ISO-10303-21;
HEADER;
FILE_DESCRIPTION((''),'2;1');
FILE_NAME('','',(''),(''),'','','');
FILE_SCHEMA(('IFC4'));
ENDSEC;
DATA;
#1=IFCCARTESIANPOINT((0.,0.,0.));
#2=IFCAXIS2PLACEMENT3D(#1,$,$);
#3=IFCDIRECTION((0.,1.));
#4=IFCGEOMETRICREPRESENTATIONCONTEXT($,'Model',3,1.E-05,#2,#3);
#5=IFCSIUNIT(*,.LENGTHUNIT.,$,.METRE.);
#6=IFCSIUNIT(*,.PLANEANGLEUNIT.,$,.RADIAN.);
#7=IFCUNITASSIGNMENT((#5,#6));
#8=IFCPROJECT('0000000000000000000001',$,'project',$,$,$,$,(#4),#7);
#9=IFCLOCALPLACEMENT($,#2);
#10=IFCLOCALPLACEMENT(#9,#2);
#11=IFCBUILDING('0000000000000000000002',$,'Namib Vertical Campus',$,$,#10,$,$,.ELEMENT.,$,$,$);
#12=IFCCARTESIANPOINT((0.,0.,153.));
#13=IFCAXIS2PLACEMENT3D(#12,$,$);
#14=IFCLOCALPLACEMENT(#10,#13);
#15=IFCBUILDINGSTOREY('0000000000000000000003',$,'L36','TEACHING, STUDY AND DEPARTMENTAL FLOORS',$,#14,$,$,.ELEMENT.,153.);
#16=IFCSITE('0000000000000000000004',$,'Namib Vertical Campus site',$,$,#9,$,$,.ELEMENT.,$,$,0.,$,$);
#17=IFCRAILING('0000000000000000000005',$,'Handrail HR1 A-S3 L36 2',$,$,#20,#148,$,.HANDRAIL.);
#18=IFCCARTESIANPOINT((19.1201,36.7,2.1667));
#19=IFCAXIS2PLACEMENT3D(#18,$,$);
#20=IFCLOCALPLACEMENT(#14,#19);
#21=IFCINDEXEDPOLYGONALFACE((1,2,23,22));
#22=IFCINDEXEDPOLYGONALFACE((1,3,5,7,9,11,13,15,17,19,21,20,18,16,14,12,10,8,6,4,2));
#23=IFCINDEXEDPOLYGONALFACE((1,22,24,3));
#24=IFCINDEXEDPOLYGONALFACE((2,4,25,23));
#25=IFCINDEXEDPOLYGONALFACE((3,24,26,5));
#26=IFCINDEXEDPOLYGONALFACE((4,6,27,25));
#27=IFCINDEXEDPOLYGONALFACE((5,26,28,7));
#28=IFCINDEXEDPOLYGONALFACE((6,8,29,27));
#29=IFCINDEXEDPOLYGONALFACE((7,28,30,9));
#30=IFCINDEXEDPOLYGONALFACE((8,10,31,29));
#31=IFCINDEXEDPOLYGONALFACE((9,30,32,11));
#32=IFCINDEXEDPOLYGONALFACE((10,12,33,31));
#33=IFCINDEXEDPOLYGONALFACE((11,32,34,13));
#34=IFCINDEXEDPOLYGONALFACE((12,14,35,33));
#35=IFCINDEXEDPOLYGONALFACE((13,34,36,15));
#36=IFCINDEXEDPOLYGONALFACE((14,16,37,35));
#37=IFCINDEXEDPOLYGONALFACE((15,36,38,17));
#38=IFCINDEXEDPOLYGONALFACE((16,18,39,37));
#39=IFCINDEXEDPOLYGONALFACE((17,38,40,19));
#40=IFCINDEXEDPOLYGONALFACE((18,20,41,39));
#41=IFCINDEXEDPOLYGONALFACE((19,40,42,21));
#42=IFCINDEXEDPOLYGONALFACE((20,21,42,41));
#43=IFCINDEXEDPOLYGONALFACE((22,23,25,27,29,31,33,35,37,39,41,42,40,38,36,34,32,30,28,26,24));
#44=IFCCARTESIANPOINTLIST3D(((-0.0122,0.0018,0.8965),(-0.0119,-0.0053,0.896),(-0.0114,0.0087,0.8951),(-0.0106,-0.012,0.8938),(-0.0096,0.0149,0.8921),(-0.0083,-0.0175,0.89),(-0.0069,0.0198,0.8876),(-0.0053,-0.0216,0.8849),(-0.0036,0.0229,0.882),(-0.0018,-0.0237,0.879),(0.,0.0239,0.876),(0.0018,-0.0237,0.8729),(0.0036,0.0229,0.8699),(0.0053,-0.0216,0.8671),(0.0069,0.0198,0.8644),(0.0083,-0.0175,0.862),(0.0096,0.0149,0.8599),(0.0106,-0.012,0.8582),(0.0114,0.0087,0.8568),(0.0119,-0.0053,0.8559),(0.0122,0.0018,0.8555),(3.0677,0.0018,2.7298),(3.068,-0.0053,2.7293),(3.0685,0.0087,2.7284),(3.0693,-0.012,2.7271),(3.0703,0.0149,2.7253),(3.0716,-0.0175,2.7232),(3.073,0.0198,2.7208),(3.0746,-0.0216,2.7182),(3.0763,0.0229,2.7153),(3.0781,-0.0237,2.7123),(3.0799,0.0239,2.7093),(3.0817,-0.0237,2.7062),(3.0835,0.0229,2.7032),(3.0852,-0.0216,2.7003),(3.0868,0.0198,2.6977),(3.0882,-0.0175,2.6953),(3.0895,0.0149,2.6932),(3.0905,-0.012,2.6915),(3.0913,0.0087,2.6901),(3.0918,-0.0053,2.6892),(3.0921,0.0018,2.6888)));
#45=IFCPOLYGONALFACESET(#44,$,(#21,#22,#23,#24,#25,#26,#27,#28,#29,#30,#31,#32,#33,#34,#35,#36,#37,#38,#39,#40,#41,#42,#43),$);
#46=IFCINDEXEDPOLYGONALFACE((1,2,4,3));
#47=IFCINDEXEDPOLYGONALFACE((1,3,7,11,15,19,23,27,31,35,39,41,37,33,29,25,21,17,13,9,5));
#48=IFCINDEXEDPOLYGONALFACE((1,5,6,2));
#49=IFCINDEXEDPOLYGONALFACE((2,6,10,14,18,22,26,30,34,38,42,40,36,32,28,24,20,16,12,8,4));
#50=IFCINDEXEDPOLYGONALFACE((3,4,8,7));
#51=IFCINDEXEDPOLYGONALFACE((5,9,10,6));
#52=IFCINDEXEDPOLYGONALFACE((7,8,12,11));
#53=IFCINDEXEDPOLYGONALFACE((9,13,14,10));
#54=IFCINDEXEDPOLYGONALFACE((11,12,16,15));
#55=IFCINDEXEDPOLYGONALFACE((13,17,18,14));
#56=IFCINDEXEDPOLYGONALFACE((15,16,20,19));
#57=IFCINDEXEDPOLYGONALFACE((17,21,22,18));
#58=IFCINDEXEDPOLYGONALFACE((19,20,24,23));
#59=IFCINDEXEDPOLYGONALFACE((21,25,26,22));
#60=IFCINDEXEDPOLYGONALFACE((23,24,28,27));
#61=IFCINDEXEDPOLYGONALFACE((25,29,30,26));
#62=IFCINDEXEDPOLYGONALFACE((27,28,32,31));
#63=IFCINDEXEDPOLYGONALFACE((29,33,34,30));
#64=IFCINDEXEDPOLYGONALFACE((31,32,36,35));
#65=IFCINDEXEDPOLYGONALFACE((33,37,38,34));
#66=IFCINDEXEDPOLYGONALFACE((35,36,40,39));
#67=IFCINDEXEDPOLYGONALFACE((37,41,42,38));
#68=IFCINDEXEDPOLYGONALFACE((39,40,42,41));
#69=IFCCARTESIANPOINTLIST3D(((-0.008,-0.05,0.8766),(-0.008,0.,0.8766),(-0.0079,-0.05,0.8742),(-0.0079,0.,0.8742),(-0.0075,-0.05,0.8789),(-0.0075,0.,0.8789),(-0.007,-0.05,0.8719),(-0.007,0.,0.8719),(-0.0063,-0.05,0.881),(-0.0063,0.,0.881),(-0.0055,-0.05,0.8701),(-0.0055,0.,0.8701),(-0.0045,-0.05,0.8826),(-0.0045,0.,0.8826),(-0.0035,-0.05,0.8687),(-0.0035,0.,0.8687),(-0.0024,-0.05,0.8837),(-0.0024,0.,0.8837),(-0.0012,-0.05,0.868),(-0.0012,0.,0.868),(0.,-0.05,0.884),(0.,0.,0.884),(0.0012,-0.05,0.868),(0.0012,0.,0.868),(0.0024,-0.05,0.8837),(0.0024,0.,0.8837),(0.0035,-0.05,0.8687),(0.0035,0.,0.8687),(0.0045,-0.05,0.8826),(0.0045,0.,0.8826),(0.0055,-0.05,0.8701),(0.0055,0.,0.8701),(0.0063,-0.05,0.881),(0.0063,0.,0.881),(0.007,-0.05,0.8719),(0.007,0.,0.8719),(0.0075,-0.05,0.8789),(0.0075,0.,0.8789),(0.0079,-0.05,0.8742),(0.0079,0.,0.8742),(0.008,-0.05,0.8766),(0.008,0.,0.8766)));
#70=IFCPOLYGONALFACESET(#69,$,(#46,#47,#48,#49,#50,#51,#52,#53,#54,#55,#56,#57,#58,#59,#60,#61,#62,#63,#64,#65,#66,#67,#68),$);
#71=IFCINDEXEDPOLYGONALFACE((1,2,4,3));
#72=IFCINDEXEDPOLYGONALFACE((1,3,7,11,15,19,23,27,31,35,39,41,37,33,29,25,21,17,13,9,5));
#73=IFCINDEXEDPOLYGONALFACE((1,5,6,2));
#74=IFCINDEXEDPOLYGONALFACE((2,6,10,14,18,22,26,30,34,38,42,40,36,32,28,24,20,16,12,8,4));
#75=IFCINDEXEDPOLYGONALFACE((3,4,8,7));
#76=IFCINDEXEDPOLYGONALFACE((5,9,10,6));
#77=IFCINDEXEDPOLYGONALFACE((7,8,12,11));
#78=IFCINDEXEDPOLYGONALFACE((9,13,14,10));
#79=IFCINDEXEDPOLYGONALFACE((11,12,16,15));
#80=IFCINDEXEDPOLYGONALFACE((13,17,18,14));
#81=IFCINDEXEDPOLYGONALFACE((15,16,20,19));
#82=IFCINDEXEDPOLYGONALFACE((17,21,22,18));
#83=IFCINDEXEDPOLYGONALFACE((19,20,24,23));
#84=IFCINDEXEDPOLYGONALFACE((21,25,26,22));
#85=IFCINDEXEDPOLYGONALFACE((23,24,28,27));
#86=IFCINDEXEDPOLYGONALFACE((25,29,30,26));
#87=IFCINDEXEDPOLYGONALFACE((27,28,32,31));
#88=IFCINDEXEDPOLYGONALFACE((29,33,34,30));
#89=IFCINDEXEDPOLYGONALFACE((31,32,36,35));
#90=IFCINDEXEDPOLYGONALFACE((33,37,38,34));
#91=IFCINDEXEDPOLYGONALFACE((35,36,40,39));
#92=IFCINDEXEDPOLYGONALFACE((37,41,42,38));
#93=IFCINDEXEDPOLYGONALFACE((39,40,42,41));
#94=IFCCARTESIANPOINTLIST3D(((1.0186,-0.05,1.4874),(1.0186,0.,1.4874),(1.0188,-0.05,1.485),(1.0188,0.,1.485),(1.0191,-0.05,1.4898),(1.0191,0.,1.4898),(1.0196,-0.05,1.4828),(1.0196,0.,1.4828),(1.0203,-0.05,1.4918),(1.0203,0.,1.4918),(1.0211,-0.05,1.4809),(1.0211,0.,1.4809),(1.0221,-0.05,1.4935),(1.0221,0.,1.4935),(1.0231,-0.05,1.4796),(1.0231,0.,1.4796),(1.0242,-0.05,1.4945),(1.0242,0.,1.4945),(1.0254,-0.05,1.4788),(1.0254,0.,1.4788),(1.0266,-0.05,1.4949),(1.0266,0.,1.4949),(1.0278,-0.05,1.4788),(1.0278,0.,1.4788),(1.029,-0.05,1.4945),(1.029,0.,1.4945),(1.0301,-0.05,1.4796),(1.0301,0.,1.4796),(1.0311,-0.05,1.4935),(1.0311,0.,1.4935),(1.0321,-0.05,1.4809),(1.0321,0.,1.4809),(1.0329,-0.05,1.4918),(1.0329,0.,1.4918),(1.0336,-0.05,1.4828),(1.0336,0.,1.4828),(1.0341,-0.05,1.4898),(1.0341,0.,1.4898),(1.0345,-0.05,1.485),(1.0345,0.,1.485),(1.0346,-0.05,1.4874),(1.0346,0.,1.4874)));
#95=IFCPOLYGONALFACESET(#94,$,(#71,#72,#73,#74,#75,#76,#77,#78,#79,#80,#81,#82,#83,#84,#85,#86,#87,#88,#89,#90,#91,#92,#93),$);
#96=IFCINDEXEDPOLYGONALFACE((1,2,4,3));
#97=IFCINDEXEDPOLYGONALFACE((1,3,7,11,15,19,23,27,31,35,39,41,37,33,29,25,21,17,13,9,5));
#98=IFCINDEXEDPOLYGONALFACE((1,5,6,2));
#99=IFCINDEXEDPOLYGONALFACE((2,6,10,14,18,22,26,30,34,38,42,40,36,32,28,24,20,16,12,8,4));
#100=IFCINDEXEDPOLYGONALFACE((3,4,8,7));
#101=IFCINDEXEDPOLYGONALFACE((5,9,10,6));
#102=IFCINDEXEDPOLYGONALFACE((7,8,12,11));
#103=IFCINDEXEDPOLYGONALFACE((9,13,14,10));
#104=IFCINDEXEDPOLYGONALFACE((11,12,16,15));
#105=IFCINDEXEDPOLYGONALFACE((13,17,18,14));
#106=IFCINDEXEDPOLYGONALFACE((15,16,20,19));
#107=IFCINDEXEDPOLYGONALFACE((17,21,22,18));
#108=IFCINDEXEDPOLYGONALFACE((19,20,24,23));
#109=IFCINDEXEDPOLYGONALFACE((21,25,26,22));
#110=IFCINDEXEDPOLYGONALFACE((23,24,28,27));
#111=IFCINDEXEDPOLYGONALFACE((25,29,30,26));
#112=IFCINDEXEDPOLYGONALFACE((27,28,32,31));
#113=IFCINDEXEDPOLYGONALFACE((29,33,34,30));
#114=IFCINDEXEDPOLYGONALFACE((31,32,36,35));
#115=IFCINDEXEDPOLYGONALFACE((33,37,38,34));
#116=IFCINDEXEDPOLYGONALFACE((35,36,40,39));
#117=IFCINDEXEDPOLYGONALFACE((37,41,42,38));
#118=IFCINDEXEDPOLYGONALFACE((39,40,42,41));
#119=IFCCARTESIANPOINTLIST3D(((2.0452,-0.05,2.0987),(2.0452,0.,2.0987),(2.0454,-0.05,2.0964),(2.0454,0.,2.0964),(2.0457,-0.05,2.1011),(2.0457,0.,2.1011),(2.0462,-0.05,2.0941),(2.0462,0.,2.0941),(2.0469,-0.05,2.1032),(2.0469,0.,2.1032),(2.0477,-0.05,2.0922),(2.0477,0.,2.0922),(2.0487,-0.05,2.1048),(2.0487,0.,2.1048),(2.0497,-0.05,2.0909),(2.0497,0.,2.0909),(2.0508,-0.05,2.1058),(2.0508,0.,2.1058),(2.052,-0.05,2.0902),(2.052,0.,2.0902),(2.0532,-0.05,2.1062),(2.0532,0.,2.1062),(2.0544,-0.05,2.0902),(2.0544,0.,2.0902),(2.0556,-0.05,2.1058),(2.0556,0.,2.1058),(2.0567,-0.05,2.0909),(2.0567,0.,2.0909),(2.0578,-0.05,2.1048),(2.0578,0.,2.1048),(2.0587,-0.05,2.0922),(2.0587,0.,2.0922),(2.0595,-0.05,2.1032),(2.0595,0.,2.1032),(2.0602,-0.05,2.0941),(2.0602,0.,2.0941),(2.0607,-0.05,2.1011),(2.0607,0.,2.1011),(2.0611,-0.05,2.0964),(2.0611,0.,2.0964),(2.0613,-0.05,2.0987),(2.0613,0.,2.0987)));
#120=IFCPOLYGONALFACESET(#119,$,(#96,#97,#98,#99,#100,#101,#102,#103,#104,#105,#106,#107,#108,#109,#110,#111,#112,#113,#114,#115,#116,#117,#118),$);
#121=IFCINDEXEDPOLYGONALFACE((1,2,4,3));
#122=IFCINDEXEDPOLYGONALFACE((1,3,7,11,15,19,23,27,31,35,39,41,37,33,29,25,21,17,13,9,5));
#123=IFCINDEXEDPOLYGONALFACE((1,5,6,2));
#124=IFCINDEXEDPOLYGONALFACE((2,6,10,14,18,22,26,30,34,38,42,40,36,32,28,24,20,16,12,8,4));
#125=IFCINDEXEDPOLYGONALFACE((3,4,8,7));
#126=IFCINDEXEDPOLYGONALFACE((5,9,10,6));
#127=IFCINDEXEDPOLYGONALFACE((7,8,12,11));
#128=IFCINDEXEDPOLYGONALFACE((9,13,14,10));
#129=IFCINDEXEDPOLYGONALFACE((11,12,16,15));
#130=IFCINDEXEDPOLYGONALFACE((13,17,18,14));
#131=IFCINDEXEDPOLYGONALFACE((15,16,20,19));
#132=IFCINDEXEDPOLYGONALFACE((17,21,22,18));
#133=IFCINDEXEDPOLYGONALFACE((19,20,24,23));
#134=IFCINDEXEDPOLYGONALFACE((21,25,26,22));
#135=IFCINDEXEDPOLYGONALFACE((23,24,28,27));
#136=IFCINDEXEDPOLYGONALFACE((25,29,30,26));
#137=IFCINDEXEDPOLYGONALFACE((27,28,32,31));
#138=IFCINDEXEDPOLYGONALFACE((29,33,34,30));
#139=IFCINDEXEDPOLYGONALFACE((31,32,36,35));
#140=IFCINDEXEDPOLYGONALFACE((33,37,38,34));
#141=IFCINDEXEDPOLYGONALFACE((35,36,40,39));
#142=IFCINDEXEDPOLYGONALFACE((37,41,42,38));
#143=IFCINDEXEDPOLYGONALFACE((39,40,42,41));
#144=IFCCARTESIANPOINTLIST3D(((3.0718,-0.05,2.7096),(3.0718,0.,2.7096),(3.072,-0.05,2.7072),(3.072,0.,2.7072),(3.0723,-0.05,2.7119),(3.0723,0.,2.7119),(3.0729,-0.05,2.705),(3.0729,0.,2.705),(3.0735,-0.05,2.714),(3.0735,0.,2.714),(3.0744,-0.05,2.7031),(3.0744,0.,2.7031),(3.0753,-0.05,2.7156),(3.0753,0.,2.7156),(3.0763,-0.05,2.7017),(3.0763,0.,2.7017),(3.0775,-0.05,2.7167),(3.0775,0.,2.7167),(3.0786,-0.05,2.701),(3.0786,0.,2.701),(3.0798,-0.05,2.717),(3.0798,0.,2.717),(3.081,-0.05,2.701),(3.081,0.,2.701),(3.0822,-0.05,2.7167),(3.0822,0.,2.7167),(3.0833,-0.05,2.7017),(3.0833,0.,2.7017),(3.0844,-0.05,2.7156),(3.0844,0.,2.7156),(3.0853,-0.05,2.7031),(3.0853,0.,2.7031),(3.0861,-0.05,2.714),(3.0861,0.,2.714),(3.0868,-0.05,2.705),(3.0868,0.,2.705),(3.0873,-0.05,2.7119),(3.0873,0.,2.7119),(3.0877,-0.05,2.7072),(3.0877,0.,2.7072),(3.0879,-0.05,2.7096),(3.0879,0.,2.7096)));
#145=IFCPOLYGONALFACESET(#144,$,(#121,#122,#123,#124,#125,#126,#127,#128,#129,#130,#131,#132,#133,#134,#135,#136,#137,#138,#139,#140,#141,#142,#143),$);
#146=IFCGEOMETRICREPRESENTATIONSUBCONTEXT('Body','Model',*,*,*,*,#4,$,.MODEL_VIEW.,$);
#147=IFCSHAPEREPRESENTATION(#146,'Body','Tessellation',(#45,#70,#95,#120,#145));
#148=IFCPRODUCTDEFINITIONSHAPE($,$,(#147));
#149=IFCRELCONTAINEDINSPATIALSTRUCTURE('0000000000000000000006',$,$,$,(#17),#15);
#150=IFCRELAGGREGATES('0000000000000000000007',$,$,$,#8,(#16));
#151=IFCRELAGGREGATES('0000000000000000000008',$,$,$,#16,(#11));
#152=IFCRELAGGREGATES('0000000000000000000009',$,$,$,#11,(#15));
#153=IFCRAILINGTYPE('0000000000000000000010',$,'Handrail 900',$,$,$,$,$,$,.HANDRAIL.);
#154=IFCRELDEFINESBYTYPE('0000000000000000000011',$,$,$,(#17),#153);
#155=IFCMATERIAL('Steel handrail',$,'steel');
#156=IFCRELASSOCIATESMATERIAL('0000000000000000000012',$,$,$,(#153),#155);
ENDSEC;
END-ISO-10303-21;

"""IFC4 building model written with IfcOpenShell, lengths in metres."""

from ifc_helpers import new_model, si_unit, direction, frame, origin, origin_2d, place, context, subcontext, project, spatial, circle, extrude, material, type_object, element, save


model = new_model("IFC4")

# Units and contexts
model_context = context("Model", 3, precision=1e-05, world=origin(), true_north=direction((0.0, 1.0)))
body_context = subcontext(model_context, "Body", "Model", "MODEL_VIEW")
ifc_project = project(units=[si_unit("LENGTHUNIT", "METRE"), si_unit("PLANEANGLEUNIT", "RADIAN")], contexts=[model_context])

# Site, building, storey
site_placement = place(None, origin())
site = spatial("IfcSite", under=ifc_project, at=site_placement, Name="Namib Vertical Campus site", CompositionType="ELEMENT", RefElevation=0.0)
building_placement = place(site_placement, origin())
building = spatial("IfcBuilding", under=site, at=building_placement, Name="Namib Vertical Campus", CompositionType="ELEMENT")
storey_placement = place(building_placement, frame((0.0, 0.0, 153.0)))
storey = spatial("IfcBuildingStorey", under=building, at=storey_placement, Name="L36", Description="TEACHING, STUDY AND DEPARTMENTAL FLOORS", CompositionType="ELEMENT", Elevation=153.0)

# Railing
ifc_material_1 = material(Name="Steel handrail", Category="steel")
railing_type_1 = type_object("IfcRailingType", Name="Handrail 900", PredefinedType="HANDRAIL", material=ifc_material_1)
railing_1_placement = place(storey_placement, frame((19.1201, 36.7, 2.1667)))
element("IfcRailing", 1, at=railing_1_placement, inside=storey, type_object=railing_type_1, Name="Handrail HR1 A-S3 L36 2", PredefinedType="HANDRAIL", context=body_context, shape_type="SweptSolid", body=[
    extrude(circle(Radius=0.0239, at=origin_2d()), frame((0.0, 0.0, 0.876), z_axis=(0.859291, 0.0, 0.511487), x_axis=(0.0, 1.0, 0.0)), (0.0, 0.0, 1.0), 3.5842),
    extrude(circle(Radius=0.0081, at=origin_2d()), frame((0.0, 0.0, 0.876), z_axis=(0.0, -1.0, 0.0), x_axis=(0.0, 0.0, 1.0)), (0.0, 0.0, 1.0), 0.05),
    extrude(circle(Radius=0.0081, at=origin_2d()), frame((1.0266, 0.0, 1.4868), z_axis=(0.0, -1.0, 0.0), x_axis=(0.0, 0.0, 1.0)), (0.0, 0.0, 1.0), 0.05),
    extrude(circle(Radius=0.0081, at=origin_2d()), frame((2.0532, 0.0, 2.0981), z_axis=(0.0, -1.0, 0.0), x_axis=(0.0, 0.0, 1.0)), (0.0, 0.0, 1.0), 0.05),
    extrude(circle(Radius=0.0081, at=origin_2d()), frame((3.0798, 0.0, 2.709), z_axis=(0.0, -1.0, 0.0), x_axis=(0.0, 0.0, 1.0)), (0.0, 0.0, 1.0), 0.05),
])

save(model, "model.ifc")
